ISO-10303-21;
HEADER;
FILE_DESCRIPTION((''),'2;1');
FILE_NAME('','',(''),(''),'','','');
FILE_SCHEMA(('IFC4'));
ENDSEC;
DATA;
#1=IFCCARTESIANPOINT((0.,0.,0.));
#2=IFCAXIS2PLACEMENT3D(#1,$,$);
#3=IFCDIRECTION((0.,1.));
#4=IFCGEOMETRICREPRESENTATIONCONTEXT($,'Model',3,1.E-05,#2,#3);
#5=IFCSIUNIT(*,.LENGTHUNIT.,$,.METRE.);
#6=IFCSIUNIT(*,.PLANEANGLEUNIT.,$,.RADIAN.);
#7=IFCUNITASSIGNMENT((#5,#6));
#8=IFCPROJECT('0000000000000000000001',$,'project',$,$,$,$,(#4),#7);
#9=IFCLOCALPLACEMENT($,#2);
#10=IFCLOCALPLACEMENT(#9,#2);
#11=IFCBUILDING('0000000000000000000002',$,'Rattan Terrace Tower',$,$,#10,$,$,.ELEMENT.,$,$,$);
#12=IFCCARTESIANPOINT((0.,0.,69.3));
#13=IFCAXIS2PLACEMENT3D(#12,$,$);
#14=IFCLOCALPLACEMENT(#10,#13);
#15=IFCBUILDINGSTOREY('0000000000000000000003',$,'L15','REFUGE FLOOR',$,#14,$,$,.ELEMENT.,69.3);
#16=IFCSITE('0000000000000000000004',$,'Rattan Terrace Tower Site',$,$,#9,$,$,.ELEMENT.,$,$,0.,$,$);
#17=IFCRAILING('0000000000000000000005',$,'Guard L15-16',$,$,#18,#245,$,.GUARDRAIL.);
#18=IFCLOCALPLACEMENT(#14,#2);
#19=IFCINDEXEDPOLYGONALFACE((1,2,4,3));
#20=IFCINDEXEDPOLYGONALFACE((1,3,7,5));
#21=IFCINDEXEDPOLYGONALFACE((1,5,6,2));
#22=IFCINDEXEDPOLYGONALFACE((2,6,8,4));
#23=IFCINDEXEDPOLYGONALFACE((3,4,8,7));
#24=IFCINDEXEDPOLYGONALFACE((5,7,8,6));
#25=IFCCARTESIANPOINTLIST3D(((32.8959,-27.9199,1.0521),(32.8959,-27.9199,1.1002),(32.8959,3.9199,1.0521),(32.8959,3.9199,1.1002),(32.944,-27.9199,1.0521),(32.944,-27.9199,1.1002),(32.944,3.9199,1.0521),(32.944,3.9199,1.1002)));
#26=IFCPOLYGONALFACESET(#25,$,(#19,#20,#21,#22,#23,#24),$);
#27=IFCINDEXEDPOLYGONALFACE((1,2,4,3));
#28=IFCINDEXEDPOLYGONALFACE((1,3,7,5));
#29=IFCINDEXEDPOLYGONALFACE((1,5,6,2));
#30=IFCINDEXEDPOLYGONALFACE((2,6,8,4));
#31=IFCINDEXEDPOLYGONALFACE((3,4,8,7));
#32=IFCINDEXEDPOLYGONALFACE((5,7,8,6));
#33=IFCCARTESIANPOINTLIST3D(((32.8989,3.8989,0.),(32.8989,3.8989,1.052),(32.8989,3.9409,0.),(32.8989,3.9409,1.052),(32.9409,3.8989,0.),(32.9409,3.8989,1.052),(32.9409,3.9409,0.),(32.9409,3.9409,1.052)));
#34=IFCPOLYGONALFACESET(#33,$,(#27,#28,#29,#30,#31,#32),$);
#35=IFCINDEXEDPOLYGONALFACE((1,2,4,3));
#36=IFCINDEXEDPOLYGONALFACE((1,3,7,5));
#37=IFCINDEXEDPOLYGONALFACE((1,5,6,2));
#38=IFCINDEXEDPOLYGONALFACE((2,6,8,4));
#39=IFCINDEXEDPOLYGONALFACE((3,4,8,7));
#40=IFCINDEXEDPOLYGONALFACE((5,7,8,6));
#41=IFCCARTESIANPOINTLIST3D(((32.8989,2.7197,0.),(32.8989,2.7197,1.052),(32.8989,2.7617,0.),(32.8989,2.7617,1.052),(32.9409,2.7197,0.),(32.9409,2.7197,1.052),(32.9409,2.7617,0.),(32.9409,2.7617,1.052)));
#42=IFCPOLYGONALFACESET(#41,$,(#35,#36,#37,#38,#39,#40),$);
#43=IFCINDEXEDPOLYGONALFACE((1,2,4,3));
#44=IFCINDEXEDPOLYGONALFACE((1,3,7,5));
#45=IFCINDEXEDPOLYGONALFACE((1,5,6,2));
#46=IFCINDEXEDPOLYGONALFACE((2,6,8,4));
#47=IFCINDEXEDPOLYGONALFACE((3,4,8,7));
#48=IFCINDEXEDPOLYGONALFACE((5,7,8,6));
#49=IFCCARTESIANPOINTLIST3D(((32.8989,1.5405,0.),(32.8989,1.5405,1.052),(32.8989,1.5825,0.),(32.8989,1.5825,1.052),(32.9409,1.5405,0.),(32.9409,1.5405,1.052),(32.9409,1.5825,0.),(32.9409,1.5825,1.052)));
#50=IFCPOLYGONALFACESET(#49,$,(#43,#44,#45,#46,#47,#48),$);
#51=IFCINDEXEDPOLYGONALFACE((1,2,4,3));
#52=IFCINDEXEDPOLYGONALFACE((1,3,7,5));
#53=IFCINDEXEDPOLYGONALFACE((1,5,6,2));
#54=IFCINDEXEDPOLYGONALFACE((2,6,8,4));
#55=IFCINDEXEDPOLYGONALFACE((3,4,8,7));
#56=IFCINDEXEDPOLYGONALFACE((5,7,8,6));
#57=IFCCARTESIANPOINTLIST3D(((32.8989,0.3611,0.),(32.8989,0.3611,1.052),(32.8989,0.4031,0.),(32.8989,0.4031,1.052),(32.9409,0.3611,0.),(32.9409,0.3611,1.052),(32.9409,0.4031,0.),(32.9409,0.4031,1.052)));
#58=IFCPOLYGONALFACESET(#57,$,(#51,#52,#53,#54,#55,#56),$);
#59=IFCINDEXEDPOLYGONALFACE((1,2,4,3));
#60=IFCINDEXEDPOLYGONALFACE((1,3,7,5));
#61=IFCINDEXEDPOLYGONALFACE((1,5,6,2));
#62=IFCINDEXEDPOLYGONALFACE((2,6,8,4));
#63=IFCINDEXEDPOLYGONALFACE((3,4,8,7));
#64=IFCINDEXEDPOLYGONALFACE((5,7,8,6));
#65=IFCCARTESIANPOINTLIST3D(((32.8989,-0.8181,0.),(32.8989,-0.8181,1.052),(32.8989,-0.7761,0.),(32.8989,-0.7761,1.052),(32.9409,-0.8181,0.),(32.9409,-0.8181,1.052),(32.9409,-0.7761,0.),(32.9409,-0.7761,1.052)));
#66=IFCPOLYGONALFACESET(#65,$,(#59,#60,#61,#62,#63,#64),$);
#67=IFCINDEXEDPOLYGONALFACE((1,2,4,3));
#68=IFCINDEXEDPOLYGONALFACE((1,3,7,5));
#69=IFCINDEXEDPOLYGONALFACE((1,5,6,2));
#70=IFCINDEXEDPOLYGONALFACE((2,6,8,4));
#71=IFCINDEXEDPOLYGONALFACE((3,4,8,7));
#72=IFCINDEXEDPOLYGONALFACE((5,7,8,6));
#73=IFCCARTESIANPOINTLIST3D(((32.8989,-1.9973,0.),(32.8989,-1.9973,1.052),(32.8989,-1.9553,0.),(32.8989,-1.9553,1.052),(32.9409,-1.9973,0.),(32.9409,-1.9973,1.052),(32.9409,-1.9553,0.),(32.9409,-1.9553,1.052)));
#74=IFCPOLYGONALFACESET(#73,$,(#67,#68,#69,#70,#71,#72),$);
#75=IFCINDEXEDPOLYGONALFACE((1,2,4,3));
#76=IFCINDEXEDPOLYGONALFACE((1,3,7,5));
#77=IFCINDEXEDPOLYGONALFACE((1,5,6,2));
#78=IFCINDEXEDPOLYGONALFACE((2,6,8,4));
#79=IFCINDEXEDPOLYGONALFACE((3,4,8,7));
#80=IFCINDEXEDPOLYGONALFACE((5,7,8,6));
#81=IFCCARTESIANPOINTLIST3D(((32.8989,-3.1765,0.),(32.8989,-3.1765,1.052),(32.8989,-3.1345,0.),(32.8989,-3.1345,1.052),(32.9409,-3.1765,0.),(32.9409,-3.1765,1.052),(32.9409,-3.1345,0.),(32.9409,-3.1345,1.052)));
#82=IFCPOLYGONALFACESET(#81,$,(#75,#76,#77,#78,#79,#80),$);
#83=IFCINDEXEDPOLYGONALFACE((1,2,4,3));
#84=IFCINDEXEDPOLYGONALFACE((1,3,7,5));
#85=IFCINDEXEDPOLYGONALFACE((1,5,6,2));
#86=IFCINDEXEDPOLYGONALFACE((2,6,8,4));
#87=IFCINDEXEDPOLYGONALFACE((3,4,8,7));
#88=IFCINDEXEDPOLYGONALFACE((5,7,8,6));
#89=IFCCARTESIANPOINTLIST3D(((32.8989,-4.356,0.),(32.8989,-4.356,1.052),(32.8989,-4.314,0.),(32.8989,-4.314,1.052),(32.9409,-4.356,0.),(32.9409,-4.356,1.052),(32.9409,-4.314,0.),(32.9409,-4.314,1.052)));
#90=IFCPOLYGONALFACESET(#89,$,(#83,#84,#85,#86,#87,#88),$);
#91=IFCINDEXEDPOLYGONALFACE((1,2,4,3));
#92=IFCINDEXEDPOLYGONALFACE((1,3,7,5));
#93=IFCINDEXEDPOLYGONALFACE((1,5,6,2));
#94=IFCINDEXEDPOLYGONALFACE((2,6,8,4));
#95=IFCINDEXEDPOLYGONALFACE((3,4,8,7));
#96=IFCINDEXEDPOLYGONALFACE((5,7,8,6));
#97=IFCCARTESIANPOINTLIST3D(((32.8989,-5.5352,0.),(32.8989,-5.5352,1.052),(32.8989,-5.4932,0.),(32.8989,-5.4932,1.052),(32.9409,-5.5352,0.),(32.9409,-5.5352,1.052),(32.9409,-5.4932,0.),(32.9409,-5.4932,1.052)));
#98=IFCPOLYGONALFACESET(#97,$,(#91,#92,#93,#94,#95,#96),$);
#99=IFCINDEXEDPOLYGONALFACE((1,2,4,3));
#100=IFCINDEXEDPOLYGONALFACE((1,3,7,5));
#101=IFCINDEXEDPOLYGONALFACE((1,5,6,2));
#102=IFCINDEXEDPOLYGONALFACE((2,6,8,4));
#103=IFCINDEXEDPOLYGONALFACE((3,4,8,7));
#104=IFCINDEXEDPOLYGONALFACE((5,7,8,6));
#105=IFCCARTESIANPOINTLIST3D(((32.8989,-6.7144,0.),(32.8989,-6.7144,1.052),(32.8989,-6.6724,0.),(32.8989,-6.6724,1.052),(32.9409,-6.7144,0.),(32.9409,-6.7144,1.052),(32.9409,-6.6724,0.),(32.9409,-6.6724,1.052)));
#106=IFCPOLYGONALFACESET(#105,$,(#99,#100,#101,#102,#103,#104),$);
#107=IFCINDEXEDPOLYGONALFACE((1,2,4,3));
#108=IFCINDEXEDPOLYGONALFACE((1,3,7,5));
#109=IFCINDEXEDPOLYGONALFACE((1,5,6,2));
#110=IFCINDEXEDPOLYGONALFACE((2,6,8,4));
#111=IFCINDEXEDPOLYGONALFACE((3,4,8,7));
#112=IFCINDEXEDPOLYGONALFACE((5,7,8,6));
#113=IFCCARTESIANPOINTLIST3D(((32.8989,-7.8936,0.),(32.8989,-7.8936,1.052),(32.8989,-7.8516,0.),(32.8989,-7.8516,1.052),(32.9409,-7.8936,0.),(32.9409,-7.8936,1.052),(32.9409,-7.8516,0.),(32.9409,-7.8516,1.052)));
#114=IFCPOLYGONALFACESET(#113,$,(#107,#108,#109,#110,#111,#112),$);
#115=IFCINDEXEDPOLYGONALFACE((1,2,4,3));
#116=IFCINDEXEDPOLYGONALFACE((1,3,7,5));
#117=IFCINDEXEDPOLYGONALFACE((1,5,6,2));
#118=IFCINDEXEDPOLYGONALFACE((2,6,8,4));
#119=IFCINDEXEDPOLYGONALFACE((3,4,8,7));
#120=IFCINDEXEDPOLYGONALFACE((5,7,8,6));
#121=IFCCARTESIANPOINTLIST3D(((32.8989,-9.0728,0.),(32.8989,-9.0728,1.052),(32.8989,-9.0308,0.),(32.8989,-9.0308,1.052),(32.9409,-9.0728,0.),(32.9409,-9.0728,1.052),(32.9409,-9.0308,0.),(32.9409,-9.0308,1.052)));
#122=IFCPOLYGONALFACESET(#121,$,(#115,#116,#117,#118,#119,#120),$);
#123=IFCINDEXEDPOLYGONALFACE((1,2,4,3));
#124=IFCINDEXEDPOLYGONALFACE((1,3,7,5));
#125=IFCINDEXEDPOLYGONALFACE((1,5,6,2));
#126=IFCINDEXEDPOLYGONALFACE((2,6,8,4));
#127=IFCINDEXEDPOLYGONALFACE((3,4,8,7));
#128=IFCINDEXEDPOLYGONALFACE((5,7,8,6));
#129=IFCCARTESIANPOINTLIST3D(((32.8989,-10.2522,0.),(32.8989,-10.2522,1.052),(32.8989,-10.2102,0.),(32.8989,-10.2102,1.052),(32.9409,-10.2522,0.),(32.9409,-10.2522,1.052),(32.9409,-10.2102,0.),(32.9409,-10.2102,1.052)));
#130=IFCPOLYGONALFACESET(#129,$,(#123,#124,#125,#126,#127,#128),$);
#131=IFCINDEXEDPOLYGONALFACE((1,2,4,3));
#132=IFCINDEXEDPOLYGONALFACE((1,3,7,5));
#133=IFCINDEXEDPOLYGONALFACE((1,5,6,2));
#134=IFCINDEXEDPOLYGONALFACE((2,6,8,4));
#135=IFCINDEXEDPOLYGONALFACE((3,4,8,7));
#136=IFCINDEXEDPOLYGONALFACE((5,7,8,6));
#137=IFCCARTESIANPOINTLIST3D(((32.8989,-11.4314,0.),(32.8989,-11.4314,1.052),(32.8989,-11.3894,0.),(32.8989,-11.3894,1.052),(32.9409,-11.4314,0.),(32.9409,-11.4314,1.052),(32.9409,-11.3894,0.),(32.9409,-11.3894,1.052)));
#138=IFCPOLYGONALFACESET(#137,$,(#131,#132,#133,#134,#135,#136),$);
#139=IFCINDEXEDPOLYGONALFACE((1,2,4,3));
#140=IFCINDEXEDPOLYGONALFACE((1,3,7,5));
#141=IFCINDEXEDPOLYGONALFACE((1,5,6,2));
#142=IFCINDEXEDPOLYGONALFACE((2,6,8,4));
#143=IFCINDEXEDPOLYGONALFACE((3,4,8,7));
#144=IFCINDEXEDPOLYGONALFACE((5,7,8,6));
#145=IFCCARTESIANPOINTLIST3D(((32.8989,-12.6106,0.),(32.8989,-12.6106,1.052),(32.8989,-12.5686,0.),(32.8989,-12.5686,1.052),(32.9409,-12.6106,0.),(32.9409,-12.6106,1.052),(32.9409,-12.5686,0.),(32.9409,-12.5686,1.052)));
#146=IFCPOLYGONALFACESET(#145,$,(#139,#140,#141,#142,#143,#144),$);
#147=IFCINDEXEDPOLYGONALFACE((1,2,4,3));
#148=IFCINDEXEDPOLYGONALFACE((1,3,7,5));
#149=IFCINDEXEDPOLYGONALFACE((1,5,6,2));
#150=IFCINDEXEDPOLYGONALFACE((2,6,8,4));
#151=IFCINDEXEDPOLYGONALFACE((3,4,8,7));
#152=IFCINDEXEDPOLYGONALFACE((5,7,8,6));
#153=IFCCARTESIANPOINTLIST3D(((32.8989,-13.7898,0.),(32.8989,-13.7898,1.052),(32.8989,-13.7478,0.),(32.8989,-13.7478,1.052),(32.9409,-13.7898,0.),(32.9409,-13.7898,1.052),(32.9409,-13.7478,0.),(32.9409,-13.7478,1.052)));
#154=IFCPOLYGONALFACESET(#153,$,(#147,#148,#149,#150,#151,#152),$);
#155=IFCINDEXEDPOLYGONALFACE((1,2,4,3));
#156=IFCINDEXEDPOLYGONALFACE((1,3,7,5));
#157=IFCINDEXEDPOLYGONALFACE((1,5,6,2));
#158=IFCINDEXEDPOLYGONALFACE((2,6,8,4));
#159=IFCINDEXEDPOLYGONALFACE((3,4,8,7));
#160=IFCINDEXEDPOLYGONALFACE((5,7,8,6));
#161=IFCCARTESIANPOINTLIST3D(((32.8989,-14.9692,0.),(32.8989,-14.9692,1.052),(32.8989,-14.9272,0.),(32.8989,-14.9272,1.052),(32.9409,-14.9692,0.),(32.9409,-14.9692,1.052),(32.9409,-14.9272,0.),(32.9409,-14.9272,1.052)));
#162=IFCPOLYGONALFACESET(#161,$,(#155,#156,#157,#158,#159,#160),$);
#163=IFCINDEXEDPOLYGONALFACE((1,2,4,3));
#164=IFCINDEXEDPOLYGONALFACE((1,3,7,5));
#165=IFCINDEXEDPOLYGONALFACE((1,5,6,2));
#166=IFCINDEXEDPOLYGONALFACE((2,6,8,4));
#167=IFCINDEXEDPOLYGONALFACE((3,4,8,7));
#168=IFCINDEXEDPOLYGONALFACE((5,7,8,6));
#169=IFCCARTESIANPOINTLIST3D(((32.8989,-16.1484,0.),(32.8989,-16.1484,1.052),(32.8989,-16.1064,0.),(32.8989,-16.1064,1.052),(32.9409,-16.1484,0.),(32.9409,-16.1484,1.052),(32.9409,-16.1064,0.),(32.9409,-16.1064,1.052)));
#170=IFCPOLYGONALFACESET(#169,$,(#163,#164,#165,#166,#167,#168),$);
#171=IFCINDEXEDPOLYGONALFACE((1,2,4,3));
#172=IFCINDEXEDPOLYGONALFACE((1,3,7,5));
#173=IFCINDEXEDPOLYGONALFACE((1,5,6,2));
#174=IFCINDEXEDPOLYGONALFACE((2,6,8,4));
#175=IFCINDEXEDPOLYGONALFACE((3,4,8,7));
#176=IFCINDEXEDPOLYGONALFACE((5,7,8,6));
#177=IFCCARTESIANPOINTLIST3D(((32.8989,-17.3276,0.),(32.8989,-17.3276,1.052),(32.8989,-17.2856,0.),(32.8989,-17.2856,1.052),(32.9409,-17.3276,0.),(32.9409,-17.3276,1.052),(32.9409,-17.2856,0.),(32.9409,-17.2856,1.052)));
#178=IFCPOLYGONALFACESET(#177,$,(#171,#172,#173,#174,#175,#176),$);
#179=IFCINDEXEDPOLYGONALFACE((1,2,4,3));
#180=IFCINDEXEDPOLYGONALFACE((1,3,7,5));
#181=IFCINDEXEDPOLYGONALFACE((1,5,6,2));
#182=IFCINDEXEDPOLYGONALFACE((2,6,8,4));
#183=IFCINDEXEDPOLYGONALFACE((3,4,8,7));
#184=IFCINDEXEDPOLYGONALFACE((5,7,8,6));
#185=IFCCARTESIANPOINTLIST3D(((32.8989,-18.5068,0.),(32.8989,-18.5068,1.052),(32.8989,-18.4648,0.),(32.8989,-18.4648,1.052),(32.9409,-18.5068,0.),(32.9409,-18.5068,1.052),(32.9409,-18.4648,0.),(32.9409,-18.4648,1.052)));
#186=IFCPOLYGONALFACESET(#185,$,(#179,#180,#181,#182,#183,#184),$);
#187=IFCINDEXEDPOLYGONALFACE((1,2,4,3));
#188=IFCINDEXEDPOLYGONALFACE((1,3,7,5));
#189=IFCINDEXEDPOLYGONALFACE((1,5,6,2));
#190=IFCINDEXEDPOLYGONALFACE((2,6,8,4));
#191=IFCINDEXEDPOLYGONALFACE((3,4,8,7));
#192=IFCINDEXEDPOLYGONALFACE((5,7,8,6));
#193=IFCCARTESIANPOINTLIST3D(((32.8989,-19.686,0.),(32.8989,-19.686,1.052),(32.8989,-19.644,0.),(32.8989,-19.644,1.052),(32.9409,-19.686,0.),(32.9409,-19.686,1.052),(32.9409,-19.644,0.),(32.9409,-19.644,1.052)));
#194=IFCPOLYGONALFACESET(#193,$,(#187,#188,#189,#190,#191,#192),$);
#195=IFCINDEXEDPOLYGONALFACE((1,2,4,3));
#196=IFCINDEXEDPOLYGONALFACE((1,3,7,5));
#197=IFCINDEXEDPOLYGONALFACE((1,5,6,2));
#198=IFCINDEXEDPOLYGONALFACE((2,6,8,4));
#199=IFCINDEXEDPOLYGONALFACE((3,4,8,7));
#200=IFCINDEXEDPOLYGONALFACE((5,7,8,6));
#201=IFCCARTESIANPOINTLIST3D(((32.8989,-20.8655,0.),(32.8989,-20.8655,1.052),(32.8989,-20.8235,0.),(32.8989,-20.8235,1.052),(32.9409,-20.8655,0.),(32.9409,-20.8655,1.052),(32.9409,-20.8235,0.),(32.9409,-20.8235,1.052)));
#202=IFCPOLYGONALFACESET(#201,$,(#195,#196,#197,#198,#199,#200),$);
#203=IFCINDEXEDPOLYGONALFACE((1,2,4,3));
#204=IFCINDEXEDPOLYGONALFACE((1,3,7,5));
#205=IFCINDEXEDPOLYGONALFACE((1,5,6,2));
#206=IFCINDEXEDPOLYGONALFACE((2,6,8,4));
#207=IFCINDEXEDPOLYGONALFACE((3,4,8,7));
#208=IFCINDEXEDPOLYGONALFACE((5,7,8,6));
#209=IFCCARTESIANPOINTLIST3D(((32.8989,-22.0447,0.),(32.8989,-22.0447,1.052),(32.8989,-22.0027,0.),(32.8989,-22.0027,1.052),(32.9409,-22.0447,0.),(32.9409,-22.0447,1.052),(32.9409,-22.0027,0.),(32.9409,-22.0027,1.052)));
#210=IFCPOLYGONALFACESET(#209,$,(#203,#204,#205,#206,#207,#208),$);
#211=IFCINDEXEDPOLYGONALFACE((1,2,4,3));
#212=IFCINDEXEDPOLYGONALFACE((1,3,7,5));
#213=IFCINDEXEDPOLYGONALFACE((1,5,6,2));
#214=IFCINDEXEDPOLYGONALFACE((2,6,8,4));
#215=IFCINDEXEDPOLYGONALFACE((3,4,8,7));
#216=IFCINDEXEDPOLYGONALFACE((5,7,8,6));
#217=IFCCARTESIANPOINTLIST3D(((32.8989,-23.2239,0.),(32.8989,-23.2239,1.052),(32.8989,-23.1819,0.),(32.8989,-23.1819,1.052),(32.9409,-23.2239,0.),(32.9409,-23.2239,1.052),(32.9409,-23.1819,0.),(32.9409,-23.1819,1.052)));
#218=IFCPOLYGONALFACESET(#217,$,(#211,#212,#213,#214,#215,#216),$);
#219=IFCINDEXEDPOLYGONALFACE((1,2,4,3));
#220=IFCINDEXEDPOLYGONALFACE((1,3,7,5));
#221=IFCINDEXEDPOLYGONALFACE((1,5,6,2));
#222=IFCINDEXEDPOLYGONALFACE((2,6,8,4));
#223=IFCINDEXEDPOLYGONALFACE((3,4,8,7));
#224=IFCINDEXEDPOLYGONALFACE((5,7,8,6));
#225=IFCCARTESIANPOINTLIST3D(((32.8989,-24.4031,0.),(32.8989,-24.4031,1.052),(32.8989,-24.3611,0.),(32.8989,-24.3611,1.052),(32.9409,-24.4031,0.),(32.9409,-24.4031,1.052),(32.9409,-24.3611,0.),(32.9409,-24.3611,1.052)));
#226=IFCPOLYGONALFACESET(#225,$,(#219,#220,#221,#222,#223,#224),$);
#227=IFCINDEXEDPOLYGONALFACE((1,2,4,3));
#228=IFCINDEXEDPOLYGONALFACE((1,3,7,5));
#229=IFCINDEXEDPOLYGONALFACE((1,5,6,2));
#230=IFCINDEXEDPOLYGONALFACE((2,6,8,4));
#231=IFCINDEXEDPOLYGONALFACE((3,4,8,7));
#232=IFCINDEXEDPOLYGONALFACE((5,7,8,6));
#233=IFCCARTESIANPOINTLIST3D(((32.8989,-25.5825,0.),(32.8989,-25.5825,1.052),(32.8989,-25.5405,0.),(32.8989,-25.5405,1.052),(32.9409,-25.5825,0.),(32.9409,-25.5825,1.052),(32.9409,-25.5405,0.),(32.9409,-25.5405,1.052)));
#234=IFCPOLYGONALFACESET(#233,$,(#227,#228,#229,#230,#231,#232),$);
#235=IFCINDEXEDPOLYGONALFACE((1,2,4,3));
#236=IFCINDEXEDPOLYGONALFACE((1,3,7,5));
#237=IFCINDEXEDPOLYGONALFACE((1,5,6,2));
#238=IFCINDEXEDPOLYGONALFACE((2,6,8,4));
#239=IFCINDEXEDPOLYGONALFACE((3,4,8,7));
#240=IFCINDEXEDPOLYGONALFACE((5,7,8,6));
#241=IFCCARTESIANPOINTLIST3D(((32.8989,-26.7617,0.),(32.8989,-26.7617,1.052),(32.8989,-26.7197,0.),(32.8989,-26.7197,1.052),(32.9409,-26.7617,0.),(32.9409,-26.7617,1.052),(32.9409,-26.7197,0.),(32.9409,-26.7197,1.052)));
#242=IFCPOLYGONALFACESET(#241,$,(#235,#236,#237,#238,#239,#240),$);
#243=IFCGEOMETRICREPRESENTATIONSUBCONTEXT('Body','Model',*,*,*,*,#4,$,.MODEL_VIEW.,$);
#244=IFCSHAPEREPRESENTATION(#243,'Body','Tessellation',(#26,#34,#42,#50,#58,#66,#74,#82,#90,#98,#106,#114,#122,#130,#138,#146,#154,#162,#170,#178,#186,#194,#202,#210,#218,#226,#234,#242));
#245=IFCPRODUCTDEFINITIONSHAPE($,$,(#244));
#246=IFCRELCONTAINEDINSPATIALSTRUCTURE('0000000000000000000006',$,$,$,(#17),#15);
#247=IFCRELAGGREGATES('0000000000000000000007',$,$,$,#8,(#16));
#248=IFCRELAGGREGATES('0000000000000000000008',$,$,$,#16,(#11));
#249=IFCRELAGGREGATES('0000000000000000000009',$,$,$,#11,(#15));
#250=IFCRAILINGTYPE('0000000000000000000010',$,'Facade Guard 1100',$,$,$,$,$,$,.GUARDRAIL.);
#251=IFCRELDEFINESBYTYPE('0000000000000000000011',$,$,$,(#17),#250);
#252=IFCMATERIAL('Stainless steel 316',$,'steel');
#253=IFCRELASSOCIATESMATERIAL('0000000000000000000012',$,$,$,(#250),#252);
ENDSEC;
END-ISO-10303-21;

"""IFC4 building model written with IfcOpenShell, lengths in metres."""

from ifc_helpers import new_model, si_unit, direction, frame, origin, origin_2d, place, context, subcontext, project, spatial, rectangle, extrude, material, type_object, element, save


model = new_model("IFC4")

# Units and contexts
model_context = context("Model", 3, precision=1e-05, world=origin(), true_north=direction((0.0, 1.0)))
body_context = subcontext(model_context, "Body", "Model", "MODEL_VIEW")
ifc_project = project(units=[si_unit("LENGTHUNIT", "METRE"), si_unit("PLANEANGLEUNIT", "RADIAN")], contexts=[model_context])

# Site, building, storey
site_placement = place(None, origin())
site = spatial("IfcSite", under=ifc_project, at=site_placement, Name="Rattan Terrace Tower Site", CompositionType="ELEMENT", RefElevation=0.0)
building_placement = place(site_placement, origin())
building = spatial("IfcBuilding", under=site, at=building_placement, Name="Rattan Terrace Tower", CompositionType="ELEMENT")
storey_placement = place(building_placement, frame((0.0, 0.0, 69.3)))
storey = spatial("IfcBuildingStorey", under=building, at=storey_placement, Name="L15", Description="REFUGE FLOOR", CompositionType="ELEMENT", Elevation=69.3)

# Railing
ifc_material_1 = material(Name="Stainless steel 316", Category="steel")
railing_type_1 = type_object("IfcRailingType", Name="Facade Guard 1100", PredefinedType="GUARDRAIL", material=ifc_material_1)
railing_1_placement = place(storey_placement, frame((32.9199, 3.9199, 0.0)))
element("IfcRailing", 1, at=railing_1_placement, inside=storey, type_object=railing_type_1, Name="Guard L15-16", PredefinedType="GUARDRAIL", context=body_context, shape_type="SweptSolid", body=[
    extrude(rectangle(XDim=0.0481, YDim=0.0481, at=origin_2d()), frame((0.0, 0.0, 1.0762), z_axis=(0.0, -1.0, 0.0), x_axis=(1.0, 0.0, 0.0)), (0.0, 0.0, 1.0), 31.8398),
    extrude(rectangle(XDim=0.042, YDim=0.042, at=origin_2d()), origin(), (0.0, 0.0, 1.0), 1.052),
    extrude(rectangle(XDim=0.042, YDim=0.042, at=origin_2d()), frame((0.0, -1.1792, 0.0)), (0.0, 0.0, 1.0), 1.052),
    extrude(rectangle(XDim=0.042, YDim=0.042, at=origin_2d()), frame((0.0, -2.3584, 0.0)), (0.0, 0.0, 1.0), 1.052),
    extrude(rectangle(XDim=0.042, YDim=0.042, at=origin_2d()), frame((0.0, -3.5378, 0.0)), (0.0, 0.0, 1.0), 1.052),
    extrude(rectangle(XDim=0.042, YDim=0.042, at=origin_2d()), frame((0.0, -4.717, 0.0)), (0.0, 0.0, 1.0), 1.052),
    extrude(rectangle(XDim=0.042, YDim=0.042, at=origin_2d()), frame((0.0, -5.8962, 0.0)), (0.0, 0.0, 1.0), 1.052),
    extrude(rectangle(XDim=0.042, YDim=0.042, at=origin_2d()), frame((0.0, -7.0754, 0.0)), (0.0, 0.0, 1.0), 1.052),
    extrude(rectangle(XDim=0.042, YDim=0.042, at=origin_2d()), frame((0.0, -8.2549, 0.0)), (0.0, 0.0, 1.0), 1.052),
    extrude(rectangle(XDim=0.042, YDim=0.042, at=origin_2d()), frame((0.0, -9.4341, 0.0)), (0.0, 0.0, 1.0), 1.052),
    extrude(rectangle(XDim=0.042, YDim=0.042, at=origin_2d()), frame((0.0, -10.6133, 0.0)), (0.0, 0.0, 1.0), 1.052),
    extrude(rectangle(XDim=0.042, YDim=0.042, at=origin_2d()), frame((0.0, -11.7925, 0.0)), (0.0, 0.0, 1.0), 1.052),
    extrude(rectangle(XDim=0.042, YDim=0.042, at=origin_2d()), frame((0.0, -12.9717, 0.0)), (0.0, 0.0, 1.0), 1.052),
    extrude(rectangle(XDim=0.042, YDim=0.042, at=origin_2d()), frame((0.0, -14.1511, 0.0)), (0.0, 0.0, 1.0), 1.052),
    extrude(rectangle(XDim=0.042, YDim=0.042, at=origin_2d()), frame((0.0, -15.3303, 0.0)), (0.0, 0.0, 1.0), 1.052),
    extrude(rectangle(XDim=0.042, YDim=0.042, at=origin_2d()), frame((0.0, -16.5095, 0.0)), (0.0, 0.0, 1.0), 1.052),
    extrude(rectangle(XDim=0.042, YDim=0.042, at=origin_2d()), frame((0.0, -17.6887, 0.0)), (0.0, 0.0, 1.0), 1.052),
    extrude(rectangle(XDim=0.042, YDim=0.042, at=origin_2d()), frame((0.0, -18.8682, 0.0)), (0.0, 0.0, 1.0), 1.052),
    extrude(rectangle(XDim=0.042, YDim=0.042, at=origin_2d()), frame((0.0, -20.0474, 0.0)), (0.0, 0.0, 1.0), 1.052),
    extrude(rectangle(XDim=0.042, YDim=0.042, at=origin_2d()), frame((0.0, -21.2266, 0.0)), (0.0, 0.0, 1.0), 1.052),
    extrude(rectangle(XDim=0.042, YDim=0.042, at=origin_2d()), frame((0.0, -22.4058, 0.0)), (0.0, 0.0, 1.0), 1.052),
    extrude(rectangle(XDim=0.042, YDim=0.042, at=origin_2d()), frame((0.0, -23.585, 0.0)), (0.0, 0.0, 1.0), 1.052),
    extrude(rectangle(XDim=0.042, YDim=0.042, at=origin_2d()), frame((0.0, -24.7644, 0.0)), (0.0, 0.0, 1.0), 1.052),
    extrude(rectangle(XDim=0.042, YDim=0.042, at=origin_2d()), frame((0.0, -25.9436, 0.0)), (0.0, 0.0, 1.0), 1.052),
    extrude(rectangle(XDim=0.042, YDim=0.042, at=origin_2d()), frame((0.0, -27.1228, 0.0)), (0.0, 0.0, 1.0), 1.052),
    extrude(rectangle(XDim=0.042, YDim=0.042, at=origin_2d()), frame((0.0, -28.302, 0.0)), (0.0, 0.0, 1.0), 1.052),
    extrude(rectangle(XDim=0.042, YDim=0.042, at=origin_2d()), frame((0.0, -29.4814, 0.0)), (0.0, 0.0, 1.0), 1.052),
    extrude(rectangle(XDim=0.042, YDim=0.042, at=origin_2d()), frame((0.0, -30.6606, 0.0)), (0.0, 0.0, 1.0), 1.052),
])

save(model, "model.ifc")
